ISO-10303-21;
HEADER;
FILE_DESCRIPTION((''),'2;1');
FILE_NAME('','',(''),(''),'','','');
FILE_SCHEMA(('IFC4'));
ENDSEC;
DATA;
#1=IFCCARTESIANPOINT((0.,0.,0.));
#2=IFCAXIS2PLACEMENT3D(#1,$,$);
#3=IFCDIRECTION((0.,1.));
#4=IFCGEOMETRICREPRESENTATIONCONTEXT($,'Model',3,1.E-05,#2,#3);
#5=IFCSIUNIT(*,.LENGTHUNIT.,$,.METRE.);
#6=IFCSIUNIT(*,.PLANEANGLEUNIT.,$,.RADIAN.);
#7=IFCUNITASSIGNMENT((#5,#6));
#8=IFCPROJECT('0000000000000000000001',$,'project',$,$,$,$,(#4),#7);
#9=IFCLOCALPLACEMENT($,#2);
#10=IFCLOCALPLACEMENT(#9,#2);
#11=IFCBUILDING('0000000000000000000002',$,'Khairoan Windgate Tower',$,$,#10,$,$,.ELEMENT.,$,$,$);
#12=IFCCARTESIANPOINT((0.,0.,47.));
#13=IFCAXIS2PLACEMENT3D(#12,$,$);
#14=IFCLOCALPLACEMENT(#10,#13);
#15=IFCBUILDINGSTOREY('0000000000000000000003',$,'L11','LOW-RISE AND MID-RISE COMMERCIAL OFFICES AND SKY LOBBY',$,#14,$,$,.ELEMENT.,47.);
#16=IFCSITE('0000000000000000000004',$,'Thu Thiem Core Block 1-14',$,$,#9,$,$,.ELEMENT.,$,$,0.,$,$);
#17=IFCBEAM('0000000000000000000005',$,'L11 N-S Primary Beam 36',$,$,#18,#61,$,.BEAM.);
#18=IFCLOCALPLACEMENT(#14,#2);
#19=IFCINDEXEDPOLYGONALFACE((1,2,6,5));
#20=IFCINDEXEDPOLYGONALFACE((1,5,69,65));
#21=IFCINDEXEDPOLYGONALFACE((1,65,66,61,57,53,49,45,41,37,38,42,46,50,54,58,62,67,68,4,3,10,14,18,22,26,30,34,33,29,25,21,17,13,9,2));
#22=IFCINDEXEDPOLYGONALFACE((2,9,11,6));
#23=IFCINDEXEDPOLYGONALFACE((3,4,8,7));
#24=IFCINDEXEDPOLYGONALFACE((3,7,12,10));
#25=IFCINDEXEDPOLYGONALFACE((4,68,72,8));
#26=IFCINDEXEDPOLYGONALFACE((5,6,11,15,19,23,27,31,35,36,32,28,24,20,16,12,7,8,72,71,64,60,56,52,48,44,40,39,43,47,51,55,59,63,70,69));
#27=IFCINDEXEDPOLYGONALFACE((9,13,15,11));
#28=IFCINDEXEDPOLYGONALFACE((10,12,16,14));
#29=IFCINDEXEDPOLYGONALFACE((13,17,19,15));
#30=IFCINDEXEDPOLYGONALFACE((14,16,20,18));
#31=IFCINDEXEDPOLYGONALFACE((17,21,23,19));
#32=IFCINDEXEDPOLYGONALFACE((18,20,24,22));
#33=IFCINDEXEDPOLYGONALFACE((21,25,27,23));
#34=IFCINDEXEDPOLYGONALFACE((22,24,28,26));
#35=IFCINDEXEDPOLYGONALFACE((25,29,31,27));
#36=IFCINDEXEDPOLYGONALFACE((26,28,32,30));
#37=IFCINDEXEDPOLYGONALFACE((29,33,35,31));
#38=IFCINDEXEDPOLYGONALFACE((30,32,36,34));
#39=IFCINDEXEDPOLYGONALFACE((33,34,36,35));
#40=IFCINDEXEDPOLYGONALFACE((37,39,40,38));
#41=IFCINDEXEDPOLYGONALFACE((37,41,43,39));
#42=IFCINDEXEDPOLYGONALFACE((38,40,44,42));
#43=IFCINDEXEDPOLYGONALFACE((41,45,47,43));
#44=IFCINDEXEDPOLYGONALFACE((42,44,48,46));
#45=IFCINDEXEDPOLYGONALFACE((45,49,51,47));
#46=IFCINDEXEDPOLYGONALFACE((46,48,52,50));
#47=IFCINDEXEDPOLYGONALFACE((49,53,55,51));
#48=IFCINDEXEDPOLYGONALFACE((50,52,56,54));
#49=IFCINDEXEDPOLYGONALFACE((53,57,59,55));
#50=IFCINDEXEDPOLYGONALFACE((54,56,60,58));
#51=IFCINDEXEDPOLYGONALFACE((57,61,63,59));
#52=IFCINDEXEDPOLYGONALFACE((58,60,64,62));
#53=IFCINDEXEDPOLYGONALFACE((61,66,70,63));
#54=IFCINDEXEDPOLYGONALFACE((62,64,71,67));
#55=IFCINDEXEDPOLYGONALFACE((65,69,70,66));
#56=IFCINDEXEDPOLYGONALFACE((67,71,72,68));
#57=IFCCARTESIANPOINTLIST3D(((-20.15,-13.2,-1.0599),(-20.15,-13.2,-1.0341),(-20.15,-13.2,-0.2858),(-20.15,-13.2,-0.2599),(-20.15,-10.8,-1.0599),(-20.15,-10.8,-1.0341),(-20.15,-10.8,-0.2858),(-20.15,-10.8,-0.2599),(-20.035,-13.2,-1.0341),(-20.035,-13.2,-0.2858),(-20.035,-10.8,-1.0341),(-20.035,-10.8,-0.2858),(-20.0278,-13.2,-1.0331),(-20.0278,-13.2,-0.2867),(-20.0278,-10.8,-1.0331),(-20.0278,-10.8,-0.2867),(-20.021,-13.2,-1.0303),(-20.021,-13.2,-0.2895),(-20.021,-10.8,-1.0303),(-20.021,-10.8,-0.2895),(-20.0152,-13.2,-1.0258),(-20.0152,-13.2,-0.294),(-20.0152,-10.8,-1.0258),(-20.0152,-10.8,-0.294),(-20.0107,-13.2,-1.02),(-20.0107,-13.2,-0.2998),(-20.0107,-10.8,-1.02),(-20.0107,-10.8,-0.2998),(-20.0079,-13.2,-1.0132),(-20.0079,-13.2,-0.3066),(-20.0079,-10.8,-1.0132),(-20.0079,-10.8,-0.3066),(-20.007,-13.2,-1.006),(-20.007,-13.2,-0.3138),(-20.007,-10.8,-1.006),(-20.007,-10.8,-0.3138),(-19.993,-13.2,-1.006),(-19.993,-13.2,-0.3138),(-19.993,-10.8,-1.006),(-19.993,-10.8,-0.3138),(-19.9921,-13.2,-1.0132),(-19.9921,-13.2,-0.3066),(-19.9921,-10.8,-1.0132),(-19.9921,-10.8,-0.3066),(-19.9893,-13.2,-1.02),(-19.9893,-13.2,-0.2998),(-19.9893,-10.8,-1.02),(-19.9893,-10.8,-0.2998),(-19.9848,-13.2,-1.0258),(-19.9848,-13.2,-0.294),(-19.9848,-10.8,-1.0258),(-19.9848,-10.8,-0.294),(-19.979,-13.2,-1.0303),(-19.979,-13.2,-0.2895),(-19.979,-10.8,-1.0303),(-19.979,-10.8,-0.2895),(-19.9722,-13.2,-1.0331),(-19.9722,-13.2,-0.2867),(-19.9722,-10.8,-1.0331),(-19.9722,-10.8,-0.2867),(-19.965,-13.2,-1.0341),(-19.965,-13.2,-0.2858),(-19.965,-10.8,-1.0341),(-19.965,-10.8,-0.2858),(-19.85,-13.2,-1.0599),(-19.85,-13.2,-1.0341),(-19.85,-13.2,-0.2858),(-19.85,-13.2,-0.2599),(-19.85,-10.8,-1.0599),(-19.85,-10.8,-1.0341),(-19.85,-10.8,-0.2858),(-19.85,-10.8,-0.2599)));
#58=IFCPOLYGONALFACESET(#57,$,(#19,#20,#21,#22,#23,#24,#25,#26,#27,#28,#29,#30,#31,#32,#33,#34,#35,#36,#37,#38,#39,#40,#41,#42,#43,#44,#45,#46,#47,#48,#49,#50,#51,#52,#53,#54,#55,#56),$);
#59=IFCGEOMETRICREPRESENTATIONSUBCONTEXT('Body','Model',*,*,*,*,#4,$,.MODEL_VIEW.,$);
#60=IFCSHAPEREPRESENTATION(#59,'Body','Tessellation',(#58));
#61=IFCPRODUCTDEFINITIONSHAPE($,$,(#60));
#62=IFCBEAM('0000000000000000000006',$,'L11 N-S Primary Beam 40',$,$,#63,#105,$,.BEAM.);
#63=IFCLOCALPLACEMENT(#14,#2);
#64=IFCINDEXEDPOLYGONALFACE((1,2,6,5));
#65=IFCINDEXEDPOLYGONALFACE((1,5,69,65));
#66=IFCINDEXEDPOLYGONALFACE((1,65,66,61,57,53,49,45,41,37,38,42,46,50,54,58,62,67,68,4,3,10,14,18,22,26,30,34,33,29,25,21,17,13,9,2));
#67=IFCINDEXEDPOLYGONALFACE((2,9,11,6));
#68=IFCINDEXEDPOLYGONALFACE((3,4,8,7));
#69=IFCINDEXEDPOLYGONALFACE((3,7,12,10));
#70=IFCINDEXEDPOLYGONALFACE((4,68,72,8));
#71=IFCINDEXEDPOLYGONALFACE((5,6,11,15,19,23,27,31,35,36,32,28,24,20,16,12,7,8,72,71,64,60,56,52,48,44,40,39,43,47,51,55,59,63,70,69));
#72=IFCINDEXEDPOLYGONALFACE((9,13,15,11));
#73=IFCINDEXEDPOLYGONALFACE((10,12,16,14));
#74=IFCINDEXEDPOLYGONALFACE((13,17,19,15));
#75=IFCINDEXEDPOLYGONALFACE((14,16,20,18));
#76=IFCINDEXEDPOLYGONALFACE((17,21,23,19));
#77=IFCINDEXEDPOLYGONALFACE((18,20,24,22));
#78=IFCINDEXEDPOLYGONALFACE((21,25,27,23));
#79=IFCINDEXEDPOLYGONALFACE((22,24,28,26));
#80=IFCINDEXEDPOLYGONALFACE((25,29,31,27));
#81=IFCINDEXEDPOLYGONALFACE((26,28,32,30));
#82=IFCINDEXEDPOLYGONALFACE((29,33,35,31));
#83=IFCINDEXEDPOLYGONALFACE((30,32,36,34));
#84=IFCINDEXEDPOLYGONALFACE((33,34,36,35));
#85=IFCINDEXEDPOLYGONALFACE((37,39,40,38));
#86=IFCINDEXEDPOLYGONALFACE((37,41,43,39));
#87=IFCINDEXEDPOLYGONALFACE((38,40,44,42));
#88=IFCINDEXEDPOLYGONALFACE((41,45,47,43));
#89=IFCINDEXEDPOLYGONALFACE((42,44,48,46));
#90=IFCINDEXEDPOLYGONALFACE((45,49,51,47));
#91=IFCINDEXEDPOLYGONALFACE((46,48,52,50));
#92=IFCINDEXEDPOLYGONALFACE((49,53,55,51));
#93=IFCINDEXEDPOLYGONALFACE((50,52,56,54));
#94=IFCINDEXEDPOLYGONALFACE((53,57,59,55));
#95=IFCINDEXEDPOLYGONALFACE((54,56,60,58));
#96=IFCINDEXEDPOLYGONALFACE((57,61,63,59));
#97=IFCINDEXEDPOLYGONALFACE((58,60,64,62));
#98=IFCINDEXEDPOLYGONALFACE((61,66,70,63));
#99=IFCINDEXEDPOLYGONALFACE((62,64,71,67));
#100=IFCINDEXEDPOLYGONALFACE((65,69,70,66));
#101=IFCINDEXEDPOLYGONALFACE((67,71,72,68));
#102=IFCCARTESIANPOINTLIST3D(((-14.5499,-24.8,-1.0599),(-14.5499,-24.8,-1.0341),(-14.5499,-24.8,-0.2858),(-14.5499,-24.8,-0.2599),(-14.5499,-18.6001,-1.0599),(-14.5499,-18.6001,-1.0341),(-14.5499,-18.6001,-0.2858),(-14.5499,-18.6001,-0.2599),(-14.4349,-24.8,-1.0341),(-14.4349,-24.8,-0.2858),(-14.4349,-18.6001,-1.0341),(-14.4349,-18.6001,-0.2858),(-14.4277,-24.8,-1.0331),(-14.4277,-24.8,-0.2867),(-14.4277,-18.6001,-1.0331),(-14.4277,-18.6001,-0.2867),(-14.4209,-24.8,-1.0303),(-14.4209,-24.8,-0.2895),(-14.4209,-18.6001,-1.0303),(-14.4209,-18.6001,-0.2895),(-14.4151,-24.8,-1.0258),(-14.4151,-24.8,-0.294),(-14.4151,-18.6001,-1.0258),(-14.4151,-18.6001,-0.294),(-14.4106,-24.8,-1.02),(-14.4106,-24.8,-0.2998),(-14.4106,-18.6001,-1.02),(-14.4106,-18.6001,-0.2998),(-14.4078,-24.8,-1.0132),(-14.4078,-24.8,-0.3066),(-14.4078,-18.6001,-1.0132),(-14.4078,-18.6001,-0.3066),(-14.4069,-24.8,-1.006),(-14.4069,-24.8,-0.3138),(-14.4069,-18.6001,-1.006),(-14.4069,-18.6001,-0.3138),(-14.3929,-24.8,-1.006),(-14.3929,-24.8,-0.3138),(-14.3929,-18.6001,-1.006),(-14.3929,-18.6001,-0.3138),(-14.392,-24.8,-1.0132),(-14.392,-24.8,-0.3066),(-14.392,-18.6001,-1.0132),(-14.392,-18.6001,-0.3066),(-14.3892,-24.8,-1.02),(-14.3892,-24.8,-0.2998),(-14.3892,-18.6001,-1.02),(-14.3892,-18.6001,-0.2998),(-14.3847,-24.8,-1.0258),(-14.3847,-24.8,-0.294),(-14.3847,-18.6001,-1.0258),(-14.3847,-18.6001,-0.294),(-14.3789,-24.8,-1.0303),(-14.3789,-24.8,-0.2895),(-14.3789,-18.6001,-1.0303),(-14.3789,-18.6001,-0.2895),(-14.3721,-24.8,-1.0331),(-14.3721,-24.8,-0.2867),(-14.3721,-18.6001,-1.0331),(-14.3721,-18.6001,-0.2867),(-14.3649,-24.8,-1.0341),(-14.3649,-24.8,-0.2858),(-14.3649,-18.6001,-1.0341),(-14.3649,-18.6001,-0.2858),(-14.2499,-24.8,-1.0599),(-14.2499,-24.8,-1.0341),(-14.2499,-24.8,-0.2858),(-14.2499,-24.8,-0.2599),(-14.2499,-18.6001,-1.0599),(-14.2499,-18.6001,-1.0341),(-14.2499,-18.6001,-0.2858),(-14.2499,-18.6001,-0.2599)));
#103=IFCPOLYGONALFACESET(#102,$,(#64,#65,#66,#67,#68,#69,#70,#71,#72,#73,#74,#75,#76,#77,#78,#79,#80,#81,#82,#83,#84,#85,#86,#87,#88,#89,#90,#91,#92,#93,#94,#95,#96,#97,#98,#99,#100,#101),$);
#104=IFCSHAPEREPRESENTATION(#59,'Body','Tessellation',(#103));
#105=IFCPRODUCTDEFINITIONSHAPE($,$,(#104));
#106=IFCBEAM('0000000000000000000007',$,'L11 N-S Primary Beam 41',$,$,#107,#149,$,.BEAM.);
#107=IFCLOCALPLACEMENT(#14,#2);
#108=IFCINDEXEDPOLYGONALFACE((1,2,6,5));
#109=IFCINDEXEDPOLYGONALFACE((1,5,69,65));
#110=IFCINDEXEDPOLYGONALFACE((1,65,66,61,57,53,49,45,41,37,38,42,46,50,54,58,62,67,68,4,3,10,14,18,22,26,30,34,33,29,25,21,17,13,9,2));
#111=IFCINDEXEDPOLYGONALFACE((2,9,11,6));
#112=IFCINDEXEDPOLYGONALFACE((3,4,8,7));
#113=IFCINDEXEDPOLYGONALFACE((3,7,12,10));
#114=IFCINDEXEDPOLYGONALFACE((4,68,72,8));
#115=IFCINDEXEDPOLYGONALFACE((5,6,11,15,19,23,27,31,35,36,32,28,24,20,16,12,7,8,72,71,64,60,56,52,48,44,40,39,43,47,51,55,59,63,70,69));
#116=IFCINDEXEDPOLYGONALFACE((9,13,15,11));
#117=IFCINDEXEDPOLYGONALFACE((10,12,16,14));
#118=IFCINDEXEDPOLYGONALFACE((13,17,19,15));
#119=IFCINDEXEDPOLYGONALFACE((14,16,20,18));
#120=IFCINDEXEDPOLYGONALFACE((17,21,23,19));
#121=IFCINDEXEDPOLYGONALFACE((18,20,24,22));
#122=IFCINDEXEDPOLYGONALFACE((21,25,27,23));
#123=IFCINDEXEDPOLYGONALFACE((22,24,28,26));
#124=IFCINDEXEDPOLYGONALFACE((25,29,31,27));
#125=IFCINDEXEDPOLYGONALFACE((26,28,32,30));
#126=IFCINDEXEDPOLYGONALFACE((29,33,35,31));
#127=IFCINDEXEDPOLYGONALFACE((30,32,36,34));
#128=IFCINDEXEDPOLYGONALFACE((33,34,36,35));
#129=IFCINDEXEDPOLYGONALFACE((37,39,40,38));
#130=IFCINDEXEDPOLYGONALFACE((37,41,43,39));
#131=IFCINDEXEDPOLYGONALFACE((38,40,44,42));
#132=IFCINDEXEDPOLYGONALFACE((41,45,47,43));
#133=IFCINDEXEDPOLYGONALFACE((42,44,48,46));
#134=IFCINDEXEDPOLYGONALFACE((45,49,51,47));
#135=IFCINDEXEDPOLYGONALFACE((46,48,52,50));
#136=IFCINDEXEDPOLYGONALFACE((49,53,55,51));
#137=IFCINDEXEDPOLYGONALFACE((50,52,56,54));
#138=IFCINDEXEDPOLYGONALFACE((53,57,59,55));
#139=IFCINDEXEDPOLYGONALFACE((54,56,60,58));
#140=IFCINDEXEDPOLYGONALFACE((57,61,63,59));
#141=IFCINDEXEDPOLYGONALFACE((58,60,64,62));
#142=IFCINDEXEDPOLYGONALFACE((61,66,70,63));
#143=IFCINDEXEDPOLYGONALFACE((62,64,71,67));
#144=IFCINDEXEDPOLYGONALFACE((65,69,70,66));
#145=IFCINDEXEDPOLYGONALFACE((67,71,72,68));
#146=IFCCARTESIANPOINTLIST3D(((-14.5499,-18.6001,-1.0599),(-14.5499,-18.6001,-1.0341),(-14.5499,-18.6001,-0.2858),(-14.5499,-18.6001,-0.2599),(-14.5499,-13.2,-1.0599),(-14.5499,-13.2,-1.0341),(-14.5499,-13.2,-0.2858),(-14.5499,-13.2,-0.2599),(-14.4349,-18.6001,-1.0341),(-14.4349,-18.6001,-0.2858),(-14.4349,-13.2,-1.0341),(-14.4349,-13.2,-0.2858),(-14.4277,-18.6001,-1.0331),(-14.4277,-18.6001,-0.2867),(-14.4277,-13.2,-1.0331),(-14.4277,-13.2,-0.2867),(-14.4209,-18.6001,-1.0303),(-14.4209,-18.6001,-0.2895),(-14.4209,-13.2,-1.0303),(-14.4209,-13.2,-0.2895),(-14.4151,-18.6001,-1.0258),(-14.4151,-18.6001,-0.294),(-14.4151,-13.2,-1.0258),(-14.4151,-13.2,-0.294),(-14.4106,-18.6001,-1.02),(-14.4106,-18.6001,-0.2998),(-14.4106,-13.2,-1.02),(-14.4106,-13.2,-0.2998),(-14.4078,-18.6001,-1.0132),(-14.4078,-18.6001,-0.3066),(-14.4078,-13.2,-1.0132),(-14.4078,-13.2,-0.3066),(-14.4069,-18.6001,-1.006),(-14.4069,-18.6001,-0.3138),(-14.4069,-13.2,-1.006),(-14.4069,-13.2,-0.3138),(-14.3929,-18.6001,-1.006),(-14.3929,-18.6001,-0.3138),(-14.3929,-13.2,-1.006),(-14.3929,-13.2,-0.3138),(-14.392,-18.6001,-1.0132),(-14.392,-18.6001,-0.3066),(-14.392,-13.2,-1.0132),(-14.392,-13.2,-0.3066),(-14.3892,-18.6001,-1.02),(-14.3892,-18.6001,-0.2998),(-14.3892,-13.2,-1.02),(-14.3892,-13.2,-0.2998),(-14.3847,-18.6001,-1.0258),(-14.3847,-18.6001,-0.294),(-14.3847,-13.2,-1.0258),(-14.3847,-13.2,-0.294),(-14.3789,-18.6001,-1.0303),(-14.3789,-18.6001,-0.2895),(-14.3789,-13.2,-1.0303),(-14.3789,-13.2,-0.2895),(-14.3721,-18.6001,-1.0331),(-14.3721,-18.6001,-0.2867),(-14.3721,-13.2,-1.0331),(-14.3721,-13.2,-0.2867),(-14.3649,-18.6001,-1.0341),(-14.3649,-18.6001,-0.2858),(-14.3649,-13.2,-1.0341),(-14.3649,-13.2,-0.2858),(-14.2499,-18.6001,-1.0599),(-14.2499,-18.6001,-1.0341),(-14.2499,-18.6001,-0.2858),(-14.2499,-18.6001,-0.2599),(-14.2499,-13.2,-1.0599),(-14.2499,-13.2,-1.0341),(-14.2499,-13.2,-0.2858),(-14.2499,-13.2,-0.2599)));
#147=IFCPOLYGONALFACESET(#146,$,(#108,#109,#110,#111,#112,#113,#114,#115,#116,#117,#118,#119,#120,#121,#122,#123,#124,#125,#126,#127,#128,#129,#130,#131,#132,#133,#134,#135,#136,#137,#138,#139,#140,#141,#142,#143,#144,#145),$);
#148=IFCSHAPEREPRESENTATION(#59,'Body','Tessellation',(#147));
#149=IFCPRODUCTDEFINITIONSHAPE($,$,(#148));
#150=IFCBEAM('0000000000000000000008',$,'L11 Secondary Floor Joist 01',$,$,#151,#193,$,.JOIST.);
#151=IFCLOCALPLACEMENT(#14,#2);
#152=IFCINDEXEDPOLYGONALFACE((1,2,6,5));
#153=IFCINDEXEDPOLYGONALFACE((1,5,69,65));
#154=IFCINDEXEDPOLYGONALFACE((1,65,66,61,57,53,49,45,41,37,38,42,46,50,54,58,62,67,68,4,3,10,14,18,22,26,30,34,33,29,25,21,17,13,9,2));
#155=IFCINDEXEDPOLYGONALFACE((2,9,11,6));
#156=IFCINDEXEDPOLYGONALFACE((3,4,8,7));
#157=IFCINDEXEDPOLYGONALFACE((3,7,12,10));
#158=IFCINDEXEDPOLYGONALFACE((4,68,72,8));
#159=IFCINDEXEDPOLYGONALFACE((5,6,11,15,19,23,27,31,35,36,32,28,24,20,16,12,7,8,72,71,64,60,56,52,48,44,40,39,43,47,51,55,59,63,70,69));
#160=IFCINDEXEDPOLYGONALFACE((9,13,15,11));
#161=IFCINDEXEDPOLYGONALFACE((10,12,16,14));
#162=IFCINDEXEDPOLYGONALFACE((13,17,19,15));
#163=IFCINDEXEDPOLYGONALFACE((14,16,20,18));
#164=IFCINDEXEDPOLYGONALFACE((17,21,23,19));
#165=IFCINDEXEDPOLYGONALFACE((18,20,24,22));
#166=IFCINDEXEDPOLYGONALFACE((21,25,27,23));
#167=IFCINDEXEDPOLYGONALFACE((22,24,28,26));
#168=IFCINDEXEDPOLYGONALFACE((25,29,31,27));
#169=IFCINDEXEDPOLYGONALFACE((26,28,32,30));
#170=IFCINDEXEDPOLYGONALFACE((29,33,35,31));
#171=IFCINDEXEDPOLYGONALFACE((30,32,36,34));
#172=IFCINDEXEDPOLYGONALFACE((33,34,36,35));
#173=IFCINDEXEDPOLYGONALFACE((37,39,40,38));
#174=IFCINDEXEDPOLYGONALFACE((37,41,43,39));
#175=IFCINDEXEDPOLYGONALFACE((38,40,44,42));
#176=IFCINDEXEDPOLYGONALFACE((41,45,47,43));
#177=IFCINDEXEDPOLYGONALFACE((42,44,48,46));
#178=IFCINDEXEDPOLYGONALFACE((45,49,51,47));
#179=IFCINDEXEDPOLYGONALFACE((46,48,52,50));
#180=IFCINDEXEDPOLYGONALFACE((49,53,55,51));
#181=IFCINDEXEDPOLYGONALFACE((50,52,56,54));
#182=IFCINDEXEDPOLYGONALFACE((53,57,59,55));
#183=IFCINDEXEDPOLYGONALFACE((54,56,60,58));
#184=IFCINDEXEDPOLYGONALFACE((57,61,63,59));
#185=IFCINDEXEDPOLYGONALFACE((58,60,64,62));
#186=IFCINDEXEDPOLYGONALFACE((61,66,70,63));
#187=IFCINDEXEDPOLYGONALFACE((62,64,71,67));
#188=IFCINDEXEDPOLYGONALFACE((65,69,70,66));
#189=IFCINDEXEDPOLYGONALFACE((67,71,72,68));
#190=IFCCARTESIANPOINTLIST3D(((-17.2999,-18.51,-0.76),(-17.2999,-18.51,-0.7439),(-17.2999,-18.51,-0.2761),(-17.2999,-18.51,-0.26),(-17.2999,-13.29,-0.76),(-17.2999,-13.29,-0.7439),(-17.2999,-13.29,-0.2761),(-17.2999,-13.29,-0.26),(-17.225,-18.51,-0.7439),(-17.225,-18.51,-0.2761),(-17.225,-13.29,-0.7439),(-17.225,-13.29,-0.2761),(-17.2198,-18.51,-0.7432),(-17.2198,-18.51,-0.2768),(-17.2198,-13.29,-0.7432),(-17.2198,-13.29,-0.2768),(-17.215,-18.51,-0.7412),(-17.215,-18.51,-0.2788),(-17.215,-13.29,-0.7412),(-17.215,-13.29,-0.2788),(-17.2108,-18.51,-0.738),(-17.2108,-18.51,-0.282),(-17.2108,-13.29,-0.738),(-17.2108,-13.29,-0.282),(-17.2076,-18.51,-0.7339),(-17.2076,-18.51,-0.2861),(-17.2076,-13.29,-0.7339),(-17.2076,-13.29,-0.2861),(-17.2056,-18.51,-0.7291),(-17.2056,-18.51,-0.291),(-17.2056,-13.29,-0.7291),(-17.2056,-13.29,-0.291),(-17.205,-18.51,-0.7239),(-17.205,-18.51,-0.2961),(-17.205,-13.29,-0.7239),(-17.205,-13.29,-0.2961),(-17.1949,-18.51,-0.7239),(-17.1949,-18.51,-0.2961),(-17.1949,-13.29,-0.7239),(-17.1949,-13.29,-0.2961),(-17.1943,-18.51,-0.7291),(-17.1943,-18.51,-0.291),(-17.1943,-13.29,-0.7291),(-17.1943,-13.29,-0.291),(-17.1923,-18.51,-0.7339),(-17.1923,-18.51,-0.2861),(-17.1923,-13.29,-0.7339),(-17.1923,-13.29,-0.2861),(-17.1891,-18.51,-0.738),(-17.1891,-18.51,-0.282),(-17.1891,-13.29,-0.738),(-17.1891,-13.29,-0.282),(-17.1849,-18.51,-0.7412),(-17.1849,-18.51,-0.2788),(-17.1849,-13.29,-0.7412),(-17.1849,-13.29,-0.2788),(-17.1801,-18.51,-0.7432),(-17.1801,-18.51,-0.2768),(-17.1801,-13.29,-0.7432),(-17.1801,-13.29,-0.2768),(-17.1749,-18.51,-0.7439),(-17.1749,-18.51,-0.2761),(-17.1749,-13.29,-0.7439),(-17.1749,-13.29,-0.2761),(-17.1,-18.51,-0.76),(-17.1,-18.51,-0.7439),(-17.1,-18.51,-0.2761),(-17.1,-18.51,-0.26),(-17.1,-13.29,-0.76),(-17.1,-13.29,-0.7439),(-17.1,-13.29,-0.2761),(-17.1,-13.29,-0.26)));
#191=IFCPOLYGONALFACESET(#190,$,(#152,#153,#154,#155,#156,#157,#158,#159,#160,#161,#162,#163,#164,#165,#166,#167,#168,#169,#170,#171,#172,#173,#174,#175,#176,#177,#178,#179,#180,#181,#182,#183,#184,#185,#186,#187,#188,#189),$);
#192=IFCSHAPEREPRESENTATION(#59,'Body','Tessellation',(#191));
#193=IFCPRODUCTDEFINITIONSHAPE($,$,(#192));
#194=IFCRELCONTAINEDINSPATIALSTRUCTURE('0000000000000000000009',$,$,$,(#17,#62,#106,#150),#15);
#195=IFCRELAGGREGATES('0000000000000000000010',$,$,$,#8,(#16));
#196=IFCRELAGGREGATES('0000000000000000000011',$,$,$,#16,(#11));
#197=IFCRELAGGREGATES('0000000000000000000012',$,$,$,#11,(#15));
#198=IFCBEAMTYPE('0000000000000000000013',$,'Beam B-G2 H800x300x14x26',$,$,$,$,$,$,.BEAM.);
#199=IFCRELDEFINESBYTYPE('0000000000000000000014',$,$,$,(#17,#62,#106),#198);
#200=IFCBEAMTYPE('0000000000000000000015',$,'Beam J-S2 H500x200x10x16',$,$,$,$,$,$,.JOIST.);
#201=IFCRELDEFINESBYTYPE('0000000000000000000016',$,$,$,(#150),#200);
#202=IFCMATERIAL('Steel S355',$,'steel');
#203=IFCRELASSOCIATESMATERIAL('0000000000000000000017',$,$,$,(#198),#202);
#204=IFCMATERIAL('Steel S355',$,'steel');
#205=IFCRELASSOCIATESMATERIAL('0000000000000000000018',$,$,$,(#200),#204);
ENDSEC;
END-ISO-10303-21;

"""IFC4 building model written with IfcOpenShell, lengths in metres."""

from ifc_helpers import new_model, si_unit, direction, frame, origin, origin_2d, place, context, subcontext, project, spatial, i_section, extrude, material, material_profile, profile_set, type_object, element, save


model = new_model("IFC4")

# Units and contexts
model_context = context("Model", 3, precision=1e-05, world=origin(), true_north=direction((0.0, 1.0)))
body_context = subcontext(model_context, "Body", "Model", "MODEL_VIEW")
ifc_project = project(units=[si_unit("LENGTHUNIT", "METRE"), si_unit("PLANEANGLEUNIT", "RADIAN")], contexts=[model_context])

# Site, building, storey
site_placement = place(None, origin())
site = spatial("IfcSite", under=ifc_project, at=site_placement, Name="Thu Thiem Core Block 1-14", CompositionType="ELEMENT", RefElevation=0.0)
building_placement = place(site_placement, origin())
building = spatial("IfcBuilding", under=site, at=building_placement, Name="Khairoan Windgate Tower", CompositionType="ELEMENT")
storey_placement = place(building_placement, frame((0.0, 0.0, 47.0)))
storey = spatial("IfcBuildingStorey", under=building, at=storey_placement, Name="L11", Description="LOW-RISE AND MID-RISE COMMERCIAL OFFICES AND SKY LOBBY", CompositionType="ELEMENT", Elevation=47.0)

# Beams
ifc_material_1 = material(Name="Steel S355", Category="steel")
ifc_material_profile_1 = material_profile(ifc_material_1, i_section(OverallWidth=0.3, OverallDepth=0.8, WebThickness=0.0139, FlangeThickness=0.0259, FilletRadius=0.0281, at=origin_2d()))
ifc_profile_set_1 = profile_set([ifc_material_profile_1], Name="Steel S355")
beam_type_1 = type_object("IfcBeamType", Name="Beam B-G2 H800x300x14x26", PredefinedType="BEAM", material=ifc_profile_set_1)
beam_1_placement = place(storey_placement, frame((-20.0, -13.2, -0.6599), z_axis=(0.0, 1.0, 0.0), x_axis=(-1.0, 0.0, 0.0)))
element("IfcBeam", 1, at=beam_1_placement, inside=storey, type_object=beam_type_1, Name="L11 N-S Primary Beam 36", PredefinedType="BEAM", context=body_context, shape_type="SweptSolid", body=[
    extrude(i_section(OverallWidth=0.3, OverallDepth=0.8, WebThickness=0.0139, FlangeThickness=0.0259, FilletRadius=0.0281, at=origin_2d()), origin(), (0.0, 0.0, 1.0), 2.3999),
])
beam_2_placement = place(storey_placement, frame((-14.3999, -24.8, -0.6599), z_axis=(0.0, 1.0, 0.0), x_axis=(-1.0, 0.0, 0.0)))
element("IfcBeam", 2, at=beam_2_placement, inside=storey, type_object=beam_type_1, Name="L11 N-S Primary Beam 40", PredefinedType="BEAM", context=body_context, shape_type="SweptSolid", body=[
    extrude(i_section(OverallWidth=0.3, OverallDepth=0.8, WebThickness=0.0139, FlangeThickness=0.0259, FilletRadius=0.0281, at=origin_2d()), origin(), (0.0, 0.0, 1.0), 6.2),
])
beam_3_placement = place(storey_placement, frame((-14.3999, -18.6001, -0.6599), z_axis=(0.0, 1.0, 0.0), x_axis=(-1.0, 0.0, 0.0)))
element("IfcBeam", 3, at=beam_3_placement, inside=storey, type_object=beam_type_1, Name="L11 N-S Primary Beam 41", PredefinedType="BEAM", context=body_context, shape_type="SweptSolid", body=[
    extrude(i_section(OverallWidth=0.3, OverallDepth=0.8, WebThickness=0.0139, FlangeThickness=0.0259, FilletRadius=0.0281, at=origin_2d()), origin(), (0.0, 0.0, 1.0), 5.4001),
])
ifc_material_2 = material(Name="Steel S355", Category="steel")
ifc_material_profile_2 = material_profile(ifc_material_2, i_section(OverallWidth=0.2, OverallDepth=0.5, WebThickness=0.01, FlangeThickness=0.0161, FilletRadius=0.02, at=origin_2d()))
ifc_profile_set_2 = profile_set([ifc_material_profile_2], Name="Steel S355")
beam_type_2 = type_object("IfcBeamType", Name="Beam J-S2 H500x200x10x16", PredefinedType="JOIST", material=ifc_profile_set_2)
beam_4_placement = place(storey_placement, frame((-17.2, -18.51, -0.51), z_axis=(0.0, 1.0, 0.0), x_axis=(-1.0, 0.0, 0.0)))
element("IfcBeam", 4, at=beam_4_placement, inside=storey, type_object=beam_type_2, Name="L11 Secondary Floor Joist 01", PredefinedType="JOIST", context=body_context, shape_type="SweptSolid", body=[
    extrude(i_section(OverallWidth=0.2, OverallDepth=0.5, WebThickness=0.01, FlangeThickness=0.0161, FilletRadius=0.02, at=origin_2d()), origin(), (0.0, 0.0, 1.0), 5.22),
])

save(model, "model.ifc")
